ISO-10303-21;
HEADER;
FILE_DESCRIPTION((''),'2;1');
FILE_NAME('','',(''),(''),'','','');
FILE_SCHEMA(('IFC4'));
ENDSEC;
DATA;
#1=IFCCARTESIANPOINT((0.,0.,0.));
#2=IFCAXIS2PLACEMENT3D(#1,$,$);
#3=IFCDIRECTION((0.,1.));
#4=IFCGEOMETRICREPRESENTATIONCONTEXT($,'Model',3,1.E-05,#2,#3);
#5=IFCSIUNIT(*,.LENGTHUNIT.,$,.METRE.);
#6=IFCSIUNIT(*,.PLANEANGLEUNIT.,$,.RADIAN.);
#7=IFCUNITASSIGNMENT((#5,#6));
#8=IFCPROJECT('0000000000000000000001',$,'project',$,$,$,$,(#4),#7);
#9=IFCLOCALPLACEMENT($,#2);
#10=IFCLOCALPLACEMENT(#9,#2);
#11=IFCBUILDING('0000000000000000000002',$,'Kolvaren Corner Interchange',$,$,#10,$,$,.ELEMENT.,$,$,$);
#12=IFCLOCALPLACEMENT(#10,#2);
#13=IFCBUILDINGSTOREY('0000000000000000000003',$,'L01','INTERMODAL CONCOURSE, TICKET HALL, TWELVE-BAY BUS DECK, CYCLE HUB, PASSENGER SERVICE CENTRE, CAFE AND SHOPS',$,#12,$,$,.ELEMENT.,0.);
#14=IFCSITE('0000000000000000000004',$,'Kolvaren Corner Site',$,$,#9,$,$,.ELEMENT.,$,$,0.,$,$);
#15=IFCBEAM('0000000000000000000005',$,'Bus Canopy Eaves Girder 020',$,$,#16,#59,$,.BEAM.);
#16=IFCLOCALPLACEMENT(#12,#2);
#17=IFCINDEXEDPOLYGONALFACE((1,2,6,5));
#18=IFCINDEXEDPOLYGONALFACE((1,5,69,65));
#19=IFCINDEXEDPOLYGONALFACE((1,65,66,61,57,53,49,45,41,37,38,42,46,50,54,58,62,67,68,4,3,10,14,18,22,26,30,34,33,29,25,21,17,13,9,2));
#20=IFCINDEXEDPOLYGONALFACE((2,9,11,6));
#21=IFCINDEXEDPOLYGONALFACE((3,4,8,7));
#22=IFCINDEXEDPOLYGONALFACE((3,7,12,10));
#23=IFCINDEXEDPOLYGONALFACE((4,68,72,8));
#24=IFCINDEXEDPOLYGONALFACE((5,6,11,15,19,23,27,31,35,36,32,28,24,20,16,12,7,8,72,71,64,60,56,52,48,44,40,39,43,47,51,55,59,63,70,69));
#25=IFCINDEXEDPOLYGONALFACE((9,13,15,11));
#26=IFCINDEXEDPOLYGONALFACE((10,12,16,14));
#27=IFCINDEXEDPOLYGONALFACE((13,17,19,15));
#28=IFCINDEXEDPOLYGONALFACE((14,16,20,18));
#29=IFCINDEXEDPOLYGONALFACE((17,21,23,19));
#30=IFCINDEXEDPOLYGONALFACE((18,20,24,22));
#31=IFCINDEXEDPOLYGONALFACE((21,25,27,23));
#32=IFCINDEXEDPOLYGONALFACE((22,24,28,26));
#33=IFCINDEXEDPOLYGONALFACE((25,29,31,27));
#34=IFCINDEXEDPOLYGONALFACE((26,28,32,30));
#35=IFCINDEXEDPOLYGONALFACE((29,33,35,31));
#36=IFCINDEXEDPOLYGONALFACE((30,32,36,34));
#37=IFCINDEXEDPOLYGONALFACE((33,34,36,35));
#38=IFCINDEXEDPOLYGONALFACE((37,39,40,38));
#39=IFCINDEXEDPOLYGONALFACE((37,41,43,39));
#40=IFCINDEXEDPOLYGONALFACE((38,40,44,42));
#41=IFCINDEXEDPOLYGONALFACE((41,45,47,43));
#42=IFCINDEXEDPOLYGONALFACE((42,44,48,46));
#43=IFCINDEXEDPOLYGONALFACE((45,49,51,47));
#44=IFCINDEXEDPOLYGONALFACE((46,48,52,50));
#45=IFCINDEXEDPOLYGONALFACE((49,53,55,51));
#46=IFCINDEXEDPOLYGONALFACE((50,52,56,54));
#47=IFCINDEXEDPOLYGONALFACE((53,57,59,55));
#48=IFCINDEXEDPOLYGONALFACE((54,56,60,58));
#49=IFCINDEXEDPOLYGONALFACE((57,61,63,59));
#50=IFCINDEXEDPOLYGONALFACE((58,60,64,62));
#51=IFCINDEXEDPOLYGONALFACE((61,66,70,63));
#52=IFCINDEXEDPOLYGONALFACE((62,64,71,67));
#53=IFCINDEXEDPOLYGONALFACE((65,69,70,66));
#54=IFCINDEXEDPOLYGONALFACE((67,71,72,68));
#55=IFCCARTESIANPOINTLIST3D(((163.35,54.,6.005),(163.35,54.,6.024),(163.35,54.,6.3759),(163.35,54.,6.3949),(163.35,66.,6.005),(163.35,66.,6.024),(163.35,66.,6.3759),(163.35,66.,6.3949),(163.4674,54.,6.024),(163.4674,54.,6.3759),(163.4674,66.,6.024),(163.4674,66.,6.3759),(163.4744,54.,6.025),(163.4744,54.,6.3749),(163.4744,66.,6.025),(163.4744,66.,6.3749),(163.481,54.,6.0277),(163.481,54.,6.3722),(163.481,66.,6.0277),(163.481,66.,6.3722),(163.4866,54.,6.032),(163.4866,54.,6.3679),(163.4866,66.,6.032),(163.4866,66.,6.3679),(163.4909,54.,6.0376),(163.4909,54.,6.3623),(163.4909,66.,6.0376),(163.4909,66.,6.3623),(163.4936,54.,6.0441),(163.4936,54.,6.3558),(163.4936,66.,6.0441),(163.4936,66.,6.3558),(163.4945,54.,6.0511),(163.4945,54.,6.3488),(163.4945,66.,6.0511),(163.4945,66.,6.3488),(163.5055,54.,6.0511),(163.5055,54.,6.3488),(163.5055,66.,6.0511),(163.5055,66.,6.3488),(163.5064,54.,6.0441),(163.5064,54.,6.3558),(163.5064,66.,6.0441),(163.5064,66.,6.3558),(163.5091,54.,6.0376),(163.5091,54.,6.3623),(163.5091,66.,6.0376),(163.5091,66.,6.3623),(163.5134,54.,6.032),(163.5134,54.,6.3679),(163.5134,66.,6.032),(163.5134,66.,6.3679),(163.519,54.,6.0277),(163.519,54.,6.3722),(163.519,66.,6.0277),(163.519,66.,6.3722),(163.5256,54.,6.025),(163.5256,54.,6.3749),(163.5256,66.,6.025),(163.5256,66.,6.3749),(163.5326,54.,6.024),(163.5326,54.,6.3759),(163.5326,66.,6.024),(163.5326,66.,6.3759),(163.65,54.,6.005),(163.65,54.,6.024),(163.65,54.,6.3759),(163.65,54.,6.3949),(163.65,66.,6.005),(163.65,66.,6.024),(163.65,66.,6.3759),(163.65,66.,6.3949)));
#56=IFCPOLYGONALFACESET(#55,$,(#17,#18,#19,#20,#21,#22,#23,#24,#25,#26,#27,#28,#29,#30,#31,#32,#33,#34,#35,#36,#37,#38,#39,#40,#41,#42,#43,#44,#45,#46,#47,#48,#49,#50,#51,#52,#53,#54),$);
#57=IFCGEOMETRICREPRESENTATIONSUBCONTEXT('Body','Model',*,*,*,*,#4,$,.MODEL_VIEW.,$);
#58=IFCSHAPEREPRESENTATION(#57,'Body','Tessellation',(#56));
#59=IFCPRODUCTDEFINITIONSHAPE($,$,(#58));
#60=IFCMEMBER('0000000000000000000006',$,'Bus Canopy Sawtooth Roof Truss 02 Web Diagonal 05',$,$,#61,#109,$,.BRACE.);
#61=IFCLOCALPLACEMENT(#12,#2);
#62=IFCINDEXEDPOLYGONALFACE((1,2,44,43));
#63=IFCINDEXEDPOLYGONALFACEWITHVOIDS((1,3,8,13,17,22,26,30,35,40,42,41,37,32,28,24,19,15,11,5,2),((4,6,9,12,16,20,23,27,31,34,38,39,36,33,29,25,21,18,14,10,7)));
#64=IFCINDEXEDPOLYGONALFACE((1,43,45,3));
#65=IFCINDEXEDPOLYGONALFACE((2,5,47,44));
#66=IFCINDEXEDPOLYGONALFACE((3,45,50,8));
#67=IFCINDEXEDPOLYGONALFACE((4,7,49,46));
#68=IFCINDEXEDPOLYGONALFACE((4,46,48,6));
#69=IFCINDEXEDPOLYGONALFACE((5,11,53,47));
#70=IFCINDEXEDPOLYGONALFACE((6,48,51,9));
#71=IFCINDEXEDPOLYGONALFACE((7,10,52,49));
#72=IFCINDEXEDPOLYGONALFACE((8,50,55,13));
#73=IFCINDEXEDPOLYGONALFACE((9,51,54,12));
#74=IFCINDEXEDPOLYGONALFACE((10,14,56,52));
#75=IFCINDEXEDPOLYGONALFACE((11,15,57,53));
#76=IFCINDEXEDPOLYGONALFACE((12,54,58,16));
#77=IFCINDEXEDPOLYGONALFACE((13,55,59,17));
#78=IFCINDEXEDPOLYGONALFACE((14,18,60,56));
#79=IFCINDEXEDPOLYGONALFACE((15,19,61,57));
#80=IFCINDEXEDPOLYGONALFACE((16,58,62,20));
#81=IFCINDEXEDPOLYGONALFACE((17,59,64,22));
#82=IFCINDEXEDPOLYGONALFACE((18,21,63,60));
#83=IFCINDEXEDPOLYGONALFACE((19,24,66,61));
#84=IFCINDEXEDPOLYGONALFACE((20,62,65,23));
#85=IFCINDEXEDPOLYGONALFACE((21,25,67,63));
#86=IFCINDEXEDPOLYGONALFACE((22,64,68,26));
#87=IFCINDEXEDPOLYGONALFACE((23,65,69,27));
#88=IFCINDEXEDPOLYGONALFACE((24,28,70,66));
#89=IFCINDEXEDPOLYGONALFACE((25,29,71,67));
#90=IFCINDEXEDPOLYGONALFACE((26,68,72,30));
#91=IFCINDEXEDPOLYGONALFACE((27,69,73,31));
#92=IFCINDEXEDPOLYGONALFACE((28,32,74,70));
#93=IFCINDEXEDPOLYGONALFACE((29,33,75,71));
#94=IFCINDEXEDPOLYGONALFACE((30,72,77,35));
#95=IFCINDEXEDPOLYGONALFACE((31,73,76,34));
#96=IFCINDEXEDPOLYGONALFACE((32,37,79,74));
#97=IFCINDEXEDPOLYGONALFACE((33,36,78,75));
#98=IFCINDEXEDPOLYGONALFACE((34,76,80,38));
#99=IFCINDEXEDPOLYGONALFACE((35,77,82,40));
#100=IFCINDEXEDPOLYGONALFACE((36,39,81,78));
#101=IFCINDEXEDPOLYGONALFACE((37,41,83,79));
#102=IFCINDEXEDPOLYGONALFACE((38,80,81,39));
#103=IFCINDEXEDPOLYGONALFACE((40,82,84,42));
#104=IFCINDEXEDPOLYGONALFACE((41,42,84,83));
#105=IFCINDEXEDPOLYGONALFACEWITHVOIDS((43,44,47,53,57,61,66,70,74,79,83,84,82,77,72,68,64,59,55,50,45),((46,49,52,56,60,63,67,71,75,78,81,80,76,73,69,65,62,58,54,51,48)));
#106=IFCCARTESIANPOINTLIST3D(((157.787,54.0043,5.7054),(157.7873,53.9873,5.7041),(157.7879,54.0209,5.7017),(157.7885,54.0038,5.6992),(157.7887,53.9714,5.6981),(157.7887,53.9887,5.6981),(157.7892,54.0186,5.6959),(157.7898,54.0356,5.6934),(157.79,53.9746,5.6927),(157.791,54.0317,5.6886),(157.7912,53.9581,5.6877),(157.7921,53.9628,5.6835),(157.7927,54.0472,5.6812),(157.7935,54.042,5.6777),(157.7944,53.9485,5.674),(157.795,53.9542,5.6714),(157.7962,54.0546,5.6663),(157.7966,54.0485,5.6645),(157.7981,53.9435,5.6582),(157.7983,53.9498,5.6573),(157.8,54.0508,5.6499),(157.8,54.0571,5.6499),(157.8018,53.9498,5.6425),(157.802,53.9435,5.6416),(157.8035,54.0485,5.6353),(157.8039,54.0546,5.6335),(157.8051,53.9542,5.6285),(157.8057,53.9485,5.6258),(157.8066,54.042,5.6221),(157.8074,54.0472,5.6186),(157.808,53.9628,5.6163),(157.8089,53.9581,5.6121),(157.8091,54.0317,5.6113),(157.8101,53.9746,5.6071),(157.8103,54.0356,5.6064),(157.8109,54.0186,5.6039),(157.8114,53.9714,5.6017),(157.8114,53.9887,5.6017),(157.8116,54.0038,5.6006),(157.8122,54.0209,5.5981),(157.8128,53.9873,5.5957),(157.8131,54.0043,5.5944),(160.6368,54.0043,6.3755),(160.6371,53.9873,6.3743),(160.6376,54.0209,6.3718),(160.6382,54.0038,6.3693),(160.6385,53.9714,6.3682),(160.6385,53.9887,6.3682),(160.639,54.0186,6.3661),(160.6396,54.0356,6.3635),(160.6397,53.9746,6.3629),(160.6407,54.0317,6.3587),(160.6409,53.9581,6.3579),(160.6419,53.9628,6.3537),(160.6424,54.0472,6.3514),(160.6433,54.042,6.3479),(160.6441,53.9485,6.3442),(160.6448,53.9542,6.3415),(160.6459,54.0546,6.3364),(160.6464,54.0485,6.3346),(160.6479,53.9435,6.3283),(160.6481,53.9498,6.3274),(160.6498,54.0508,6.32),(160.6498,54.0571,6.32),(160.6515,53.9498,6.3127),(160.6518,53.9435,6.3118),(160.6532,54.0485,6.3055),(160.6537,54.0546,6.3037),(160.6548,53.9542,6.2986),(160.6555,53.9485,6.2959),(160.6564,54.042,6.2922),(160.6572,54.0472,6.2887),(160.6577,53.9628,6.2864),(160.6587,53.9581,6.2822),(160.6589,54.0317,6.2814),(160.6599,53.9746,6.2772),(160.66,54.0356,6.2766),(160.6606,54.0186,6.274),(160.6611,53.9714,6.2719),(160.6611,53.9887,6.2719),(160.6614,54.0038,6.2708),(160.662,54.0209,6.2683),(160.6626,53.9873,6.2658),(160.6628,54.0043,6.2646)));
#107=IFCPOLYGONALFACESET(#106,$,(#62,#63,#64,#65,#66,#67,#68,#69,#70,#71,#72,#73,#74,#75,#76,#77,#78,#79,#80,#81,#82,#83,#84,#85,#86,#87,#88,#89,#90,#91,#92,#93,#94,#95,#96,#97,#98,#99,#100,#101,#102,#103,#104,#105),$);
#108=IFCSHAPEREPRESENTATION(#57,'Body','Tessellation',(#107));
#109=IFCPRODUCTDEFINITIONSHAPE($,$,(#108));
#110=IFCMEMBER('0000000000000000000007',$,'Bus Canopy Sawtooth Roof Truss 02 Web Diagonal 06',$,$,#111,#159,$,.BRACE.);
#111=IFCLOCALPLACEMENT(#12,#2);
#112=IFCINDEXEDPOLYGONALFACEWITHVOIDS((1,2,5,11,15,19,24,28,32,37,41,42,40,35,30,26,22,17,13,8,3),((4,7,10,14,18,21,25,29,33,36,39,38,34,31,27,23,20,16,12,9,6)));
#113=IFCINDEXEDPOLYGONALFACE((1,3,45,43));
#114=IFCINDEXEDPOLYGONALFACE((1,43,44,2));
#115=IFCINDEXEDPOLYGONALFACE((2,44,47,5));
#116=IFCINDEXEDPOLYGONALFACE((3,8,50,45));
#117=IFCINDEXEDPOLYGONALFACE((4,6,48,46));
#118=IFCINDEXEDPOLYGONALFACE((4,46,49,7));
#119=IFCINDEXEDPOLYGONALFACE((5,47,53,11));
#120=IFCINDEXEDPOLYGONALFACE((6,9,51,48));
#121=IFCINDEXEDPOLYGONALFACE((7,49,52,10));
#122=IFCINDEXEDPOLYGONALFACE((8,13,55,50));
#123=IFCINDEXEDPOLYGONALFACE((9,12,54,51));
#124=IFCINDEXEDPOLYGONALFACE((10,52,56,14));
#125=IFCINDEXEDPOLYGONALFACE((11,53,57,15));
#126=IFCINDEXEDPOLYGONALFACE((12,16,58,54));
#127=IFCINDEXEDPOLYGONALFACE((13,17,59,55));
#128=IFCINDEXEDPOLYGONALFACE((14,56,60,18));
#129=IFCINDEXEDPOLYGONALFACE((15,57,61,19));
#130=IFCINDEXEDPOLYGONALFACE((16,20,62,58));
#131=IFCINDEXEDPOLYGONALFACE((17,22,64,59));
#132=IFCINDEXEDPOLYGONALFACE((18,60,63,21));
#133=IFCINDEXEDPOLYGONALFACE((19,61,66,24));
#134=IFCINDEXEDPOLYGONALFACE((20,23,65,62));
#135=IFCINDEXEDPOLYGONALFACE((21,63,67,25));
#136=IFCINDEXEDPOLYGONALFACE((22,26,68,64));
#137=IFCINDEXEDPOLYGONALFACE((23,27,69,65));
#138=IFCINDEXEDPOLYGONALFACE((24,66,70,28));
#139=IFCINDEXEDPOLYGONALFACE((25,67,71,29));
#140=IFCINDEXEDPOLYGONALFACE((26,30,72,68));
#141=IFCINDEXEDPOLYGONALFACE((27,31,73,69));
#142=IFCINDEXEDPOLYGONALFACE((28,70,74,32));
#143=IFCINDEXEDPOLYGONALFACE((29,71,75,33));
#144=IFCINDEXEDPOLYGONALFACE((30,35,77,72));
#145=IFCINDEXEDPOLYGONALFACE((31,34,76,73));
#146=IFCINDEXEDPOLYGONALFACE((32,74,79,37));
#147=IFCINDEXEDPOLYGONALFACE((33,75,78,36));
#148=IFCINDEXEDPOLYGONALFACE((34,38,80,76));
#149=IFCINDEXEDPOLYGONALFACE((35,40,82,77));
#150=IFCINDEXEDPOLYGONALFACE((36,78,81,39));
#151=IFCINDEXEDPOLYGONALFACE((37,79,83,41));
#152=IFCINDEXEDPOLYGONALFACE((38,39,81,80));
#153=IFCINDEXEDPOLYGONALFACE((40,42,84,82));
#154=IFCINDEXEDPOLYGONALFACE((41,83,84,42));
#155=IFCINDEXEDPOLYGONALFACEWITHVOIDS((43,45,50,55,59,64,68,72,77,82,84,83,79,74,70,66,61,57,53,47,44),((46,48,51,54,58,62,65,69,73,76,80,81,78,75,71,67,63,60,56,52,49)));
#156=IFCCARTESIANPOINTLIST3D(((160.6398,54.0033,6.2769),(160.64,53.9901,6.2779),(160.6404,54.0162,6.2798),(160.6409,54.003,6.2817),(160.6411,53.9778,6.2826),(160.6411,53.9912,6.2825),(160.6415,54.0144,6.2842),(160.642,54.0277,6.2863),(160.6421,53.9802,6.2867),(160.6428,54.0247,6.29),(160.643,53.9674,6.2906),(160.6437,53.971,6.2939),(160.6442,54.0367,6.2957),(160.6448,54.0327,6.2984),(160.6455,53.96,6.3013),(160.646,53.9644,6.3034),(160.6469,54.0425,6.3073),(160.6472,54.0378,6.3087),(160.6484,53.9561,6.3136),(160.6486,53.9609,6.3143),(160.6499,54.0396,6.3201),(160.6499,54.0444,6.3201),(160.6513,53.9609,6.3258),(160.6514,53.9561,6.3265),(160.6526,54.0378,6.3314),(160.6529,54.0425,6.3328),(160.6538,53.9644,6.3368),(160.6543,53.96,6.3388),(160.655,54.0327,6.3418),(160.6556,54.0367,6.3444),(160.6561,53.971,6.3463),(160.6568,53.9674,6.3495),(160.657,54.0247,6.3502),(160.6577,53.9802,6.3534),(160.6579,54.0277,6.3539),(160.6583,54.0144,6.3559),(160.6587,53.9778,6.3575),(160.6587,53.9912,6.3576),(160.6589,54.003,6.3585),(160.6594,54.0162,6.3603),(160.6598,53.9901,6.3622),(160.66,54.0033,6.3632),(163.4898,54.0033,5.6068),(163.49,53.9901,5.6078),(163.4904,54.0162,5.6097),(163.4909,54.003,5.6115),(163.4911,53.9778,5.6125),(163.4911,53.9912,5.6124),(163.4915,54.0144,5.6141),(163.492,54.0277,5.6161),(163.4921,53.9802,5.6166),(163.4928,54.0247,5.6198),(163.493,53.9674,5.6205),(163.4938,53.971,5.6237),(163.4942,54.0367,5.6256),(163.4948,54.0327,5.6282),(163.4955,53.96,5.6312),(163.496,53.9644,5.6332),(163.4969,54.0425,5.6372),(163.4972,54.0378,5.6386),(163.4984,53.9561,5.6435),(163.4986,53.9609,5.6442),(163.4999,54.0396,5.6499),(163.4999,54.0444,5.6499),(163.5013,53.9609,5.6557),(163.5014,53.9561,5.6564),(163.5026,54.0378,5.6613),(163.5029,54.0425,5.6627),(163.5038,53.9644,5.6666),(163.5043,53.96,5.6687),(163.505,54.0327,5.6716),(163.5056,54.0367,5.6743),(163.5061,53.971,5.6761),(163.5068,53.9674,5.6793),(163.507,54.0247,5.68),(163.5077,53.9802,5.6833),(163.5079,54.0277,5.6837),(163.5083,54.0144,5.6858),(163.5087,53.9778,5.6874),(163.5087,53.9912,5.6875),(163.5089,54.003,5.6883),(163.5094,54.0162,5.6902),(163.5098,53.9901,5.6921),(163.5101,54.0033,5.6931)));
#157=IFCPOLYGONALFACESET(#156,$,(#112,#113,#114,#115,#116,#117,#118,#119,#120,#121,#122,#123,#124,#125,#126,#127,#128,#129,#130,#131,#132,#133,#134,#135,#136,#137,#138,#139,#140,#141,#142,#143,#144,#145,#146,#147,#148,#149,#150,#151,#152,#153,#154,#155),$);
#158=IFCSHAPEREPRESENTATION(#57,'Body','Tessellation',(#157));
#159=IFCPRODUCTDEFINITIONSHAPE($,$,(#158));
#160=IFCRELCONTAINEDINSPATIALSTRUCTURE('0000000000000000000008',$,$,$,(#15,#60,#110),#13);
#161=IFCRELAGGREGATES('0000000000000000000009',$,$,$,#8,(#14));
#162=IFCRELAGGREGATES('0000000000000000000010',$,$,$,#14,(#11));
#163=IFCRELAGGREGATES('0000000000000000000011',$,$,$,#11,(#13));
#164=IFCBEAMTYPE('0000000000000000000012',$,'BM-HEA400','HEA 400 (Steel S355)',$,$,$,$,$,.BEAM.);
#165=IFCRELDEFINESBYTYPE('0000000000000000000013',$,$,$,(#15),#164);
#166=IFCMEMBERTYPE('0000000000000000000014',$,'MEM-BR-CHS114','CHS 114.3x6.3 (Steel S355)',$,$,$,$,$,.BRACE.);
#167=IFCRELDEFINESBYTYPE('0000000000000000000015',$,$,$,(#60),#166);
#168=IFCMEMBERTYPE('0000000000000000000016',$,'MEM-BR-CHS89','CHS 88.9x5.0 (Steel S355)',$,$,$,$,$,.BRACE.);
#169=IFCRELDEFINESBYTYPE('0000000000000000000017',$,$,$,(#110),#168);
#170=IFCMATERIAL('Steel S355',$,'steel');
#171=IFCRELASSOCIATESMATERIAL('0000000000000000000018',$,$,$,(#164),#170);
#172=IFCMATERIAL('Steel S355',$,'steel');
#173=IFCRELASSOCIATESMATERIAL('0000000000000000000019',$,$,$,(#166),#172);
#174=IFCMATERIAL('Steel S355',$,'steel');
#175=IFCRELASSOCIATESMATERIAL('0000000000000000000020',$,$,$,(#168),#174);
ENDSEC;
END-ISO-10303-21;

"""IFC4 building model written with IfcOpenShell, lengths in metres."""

from ifc_helpers import new_model, si_unit, direction, frame, origin, origin_2d, place, context, subcontext, project, spatial, hollow_circle, i_section, extrude, material, material_profile, profile_set, type_object, element, save


model = new_model("IFC4")

# Units and contexts
model_context = context("Model", 3, precision=1e-05, world=origin(), true_north=direction((0.0, 1.0)))
body_context = subcontext(model_context, "Body", "Model", "MODEL_VIEW")
ifc_project = project(units=[si_unit("LENGTHUNIT", "METRE"), si_unit("PLANEANGLEUNIT", "RADIAN")], contexts=[model_context])

# Site, building, storey
site_placement = place(None, origin())
site = spatial("IfcSite", under=ifc_project, at=site_placement, Name="Kolvaren Corner Site", CompositionType="ELEMENT", RefElevation=0.0)
building_placement = place(site_placement, origin())
building = spatial("IfcBuilding", under=site, at=building_placement, Name="Kolvaren Corner Interchange", CompositionType="ELEMENT")
storey_placement = place(building_placement, origin())
storey = spatial("IfcBuildingStorey", under=building, at=storey_placement, Name="L01", Description="INTERMODAL CONCOURSE, TICKET HALL, TWELVE-BAY BUS DECK, CYCLE HUB, PASSENGER SERVICE CENTRE, CAFE AND SHOPS", CompositionType="ELEMENT", Elevation=0.0)

# Beam
ifc_material_1 = material(Name="Steel S355", Category="steel")
ifc_material_profile_1 = material_profile(ifc_material_1, i_section(OverallWidth=0.3, OverallDepth=0.3899, WebThickness=0.011, FlangeThickness=0.019, FilletRadius=0.0271, at=origin_2d()), Name="HEA 400")
ifc_profile_set_1 = profile_set([ifc_material_profile_1], Name="Steel S355")
beam_type = type_object("IfcBeamType", Name="BM-HEA400", Description="HEA 400 (Steel S355)", PredefinedType="BEAM", material=ifc_profile_set_1)
for number, where, z_axis, x_axis, name in (
    (1, (163.5, 54.0, 6.2), (0.0, 1.0, 0.0), (-1.0, 0.0, 0.0), "Bus Canopy Eaves Girder 020"),
):
    element("IfcBeam", number, at=place(storey_placement, frame(where, z_axis=z_axis, x_axis=x_axis)), inside=storey, type_object=beam_type, Name=name, PredefinedType="BEAM", context=body_context, shape_type="SweptSolid", body=[
        extrude(i_section(OverallWidth=0.3, OverallDepth=0.3899, WebThickness=0.011, FlangeThickness=0.019, FilletRadius=0.0271, at=origin_2d()), origin(), (0.0, 0.0, 1.0), 12.0),
    ])

# Members
ifc_material_2 = material(Name="Steel S355", Category="steel")
ifc_material_profile_2 = material_profile(ifc_material_2, hollow_circle(Radius=0.0571, WallThickness=0.0063, at=origin_2d()), Name="CHS 114.3x6.3")
ifc_profile_set_2 = profile_set([ifc_material_profile_2], Name="Steel S355")
member_type_1 = type_object("IfcMemberType", Name="MEM-BR-CHS114", Description="CHS 114.3x6.3 (Steel S355)", PredefinedType="BRACE", material=ifc_profile_set_2)
member_1_placement = place(storey_placement, frame((157.8, 54.0, 5.6499), z_axis=(0.973447, 0.0, 0.228914), x_axis=(0.0, 1.0, 0.0)))
element("IfcMember", 2, at=member_1_placement, inside=storey, type_object=member_type_1, Name="Bus Canopy Sawtooth Roof Truss 02 Web Diagonal 05", PredefinedType="BRACE", context=body_context, shape_type="SweptSolid", body=[
    extrude(hollow_circle(Radius=0.0571, WallThickness=0.0063, at=origin_2d()), origin(), (0.0, 0.0, 1.0), 2.9275),
])
ifc_material_3 = material(Name="Steel S355", Category="steel")
ifc_material_profile_3 = material_profile(ifc_material_3, hollow_circle(Radius=0.0444, WallThickness=0.0049, at=origin_2d()), Name="CHS 88.9x5.0")
ifc_profile_set_3 = profile_set([ifc_material_profile_3], Name="Steel S355")
member_type_2 = type_object("IfcMemberType", Name="MEM-BR-CHS89", Description="CHS 88.9x5.0 (Steel S355)", PredefinedType="BRACE", material=ifc_profile_set_3)
member_2_placement = place(storey_placement, frame((160.6499, 54.0, 6.3201), z_axis=(0.973451, 0.0, -0.228895), x_axis=(0.0, 1.0, 0.0)))
element("IfcMember", 3, at=member_2_placement, inside=storey, type_object=member_type_2, Name="Bus Canopy Sawtooth Roof Truss 02 Web Diagonal 06", PredefinedType="BRACE", context=body_context, shape_type="SweptSolid", body=[
    extrude(hollow_circle(Radius=0.0444, WallThickness=0.0049, at=origin_2d()), origin(), (0.0, 0.0, 1.0), 2.9277),
])

save(model, "model.ifc")
